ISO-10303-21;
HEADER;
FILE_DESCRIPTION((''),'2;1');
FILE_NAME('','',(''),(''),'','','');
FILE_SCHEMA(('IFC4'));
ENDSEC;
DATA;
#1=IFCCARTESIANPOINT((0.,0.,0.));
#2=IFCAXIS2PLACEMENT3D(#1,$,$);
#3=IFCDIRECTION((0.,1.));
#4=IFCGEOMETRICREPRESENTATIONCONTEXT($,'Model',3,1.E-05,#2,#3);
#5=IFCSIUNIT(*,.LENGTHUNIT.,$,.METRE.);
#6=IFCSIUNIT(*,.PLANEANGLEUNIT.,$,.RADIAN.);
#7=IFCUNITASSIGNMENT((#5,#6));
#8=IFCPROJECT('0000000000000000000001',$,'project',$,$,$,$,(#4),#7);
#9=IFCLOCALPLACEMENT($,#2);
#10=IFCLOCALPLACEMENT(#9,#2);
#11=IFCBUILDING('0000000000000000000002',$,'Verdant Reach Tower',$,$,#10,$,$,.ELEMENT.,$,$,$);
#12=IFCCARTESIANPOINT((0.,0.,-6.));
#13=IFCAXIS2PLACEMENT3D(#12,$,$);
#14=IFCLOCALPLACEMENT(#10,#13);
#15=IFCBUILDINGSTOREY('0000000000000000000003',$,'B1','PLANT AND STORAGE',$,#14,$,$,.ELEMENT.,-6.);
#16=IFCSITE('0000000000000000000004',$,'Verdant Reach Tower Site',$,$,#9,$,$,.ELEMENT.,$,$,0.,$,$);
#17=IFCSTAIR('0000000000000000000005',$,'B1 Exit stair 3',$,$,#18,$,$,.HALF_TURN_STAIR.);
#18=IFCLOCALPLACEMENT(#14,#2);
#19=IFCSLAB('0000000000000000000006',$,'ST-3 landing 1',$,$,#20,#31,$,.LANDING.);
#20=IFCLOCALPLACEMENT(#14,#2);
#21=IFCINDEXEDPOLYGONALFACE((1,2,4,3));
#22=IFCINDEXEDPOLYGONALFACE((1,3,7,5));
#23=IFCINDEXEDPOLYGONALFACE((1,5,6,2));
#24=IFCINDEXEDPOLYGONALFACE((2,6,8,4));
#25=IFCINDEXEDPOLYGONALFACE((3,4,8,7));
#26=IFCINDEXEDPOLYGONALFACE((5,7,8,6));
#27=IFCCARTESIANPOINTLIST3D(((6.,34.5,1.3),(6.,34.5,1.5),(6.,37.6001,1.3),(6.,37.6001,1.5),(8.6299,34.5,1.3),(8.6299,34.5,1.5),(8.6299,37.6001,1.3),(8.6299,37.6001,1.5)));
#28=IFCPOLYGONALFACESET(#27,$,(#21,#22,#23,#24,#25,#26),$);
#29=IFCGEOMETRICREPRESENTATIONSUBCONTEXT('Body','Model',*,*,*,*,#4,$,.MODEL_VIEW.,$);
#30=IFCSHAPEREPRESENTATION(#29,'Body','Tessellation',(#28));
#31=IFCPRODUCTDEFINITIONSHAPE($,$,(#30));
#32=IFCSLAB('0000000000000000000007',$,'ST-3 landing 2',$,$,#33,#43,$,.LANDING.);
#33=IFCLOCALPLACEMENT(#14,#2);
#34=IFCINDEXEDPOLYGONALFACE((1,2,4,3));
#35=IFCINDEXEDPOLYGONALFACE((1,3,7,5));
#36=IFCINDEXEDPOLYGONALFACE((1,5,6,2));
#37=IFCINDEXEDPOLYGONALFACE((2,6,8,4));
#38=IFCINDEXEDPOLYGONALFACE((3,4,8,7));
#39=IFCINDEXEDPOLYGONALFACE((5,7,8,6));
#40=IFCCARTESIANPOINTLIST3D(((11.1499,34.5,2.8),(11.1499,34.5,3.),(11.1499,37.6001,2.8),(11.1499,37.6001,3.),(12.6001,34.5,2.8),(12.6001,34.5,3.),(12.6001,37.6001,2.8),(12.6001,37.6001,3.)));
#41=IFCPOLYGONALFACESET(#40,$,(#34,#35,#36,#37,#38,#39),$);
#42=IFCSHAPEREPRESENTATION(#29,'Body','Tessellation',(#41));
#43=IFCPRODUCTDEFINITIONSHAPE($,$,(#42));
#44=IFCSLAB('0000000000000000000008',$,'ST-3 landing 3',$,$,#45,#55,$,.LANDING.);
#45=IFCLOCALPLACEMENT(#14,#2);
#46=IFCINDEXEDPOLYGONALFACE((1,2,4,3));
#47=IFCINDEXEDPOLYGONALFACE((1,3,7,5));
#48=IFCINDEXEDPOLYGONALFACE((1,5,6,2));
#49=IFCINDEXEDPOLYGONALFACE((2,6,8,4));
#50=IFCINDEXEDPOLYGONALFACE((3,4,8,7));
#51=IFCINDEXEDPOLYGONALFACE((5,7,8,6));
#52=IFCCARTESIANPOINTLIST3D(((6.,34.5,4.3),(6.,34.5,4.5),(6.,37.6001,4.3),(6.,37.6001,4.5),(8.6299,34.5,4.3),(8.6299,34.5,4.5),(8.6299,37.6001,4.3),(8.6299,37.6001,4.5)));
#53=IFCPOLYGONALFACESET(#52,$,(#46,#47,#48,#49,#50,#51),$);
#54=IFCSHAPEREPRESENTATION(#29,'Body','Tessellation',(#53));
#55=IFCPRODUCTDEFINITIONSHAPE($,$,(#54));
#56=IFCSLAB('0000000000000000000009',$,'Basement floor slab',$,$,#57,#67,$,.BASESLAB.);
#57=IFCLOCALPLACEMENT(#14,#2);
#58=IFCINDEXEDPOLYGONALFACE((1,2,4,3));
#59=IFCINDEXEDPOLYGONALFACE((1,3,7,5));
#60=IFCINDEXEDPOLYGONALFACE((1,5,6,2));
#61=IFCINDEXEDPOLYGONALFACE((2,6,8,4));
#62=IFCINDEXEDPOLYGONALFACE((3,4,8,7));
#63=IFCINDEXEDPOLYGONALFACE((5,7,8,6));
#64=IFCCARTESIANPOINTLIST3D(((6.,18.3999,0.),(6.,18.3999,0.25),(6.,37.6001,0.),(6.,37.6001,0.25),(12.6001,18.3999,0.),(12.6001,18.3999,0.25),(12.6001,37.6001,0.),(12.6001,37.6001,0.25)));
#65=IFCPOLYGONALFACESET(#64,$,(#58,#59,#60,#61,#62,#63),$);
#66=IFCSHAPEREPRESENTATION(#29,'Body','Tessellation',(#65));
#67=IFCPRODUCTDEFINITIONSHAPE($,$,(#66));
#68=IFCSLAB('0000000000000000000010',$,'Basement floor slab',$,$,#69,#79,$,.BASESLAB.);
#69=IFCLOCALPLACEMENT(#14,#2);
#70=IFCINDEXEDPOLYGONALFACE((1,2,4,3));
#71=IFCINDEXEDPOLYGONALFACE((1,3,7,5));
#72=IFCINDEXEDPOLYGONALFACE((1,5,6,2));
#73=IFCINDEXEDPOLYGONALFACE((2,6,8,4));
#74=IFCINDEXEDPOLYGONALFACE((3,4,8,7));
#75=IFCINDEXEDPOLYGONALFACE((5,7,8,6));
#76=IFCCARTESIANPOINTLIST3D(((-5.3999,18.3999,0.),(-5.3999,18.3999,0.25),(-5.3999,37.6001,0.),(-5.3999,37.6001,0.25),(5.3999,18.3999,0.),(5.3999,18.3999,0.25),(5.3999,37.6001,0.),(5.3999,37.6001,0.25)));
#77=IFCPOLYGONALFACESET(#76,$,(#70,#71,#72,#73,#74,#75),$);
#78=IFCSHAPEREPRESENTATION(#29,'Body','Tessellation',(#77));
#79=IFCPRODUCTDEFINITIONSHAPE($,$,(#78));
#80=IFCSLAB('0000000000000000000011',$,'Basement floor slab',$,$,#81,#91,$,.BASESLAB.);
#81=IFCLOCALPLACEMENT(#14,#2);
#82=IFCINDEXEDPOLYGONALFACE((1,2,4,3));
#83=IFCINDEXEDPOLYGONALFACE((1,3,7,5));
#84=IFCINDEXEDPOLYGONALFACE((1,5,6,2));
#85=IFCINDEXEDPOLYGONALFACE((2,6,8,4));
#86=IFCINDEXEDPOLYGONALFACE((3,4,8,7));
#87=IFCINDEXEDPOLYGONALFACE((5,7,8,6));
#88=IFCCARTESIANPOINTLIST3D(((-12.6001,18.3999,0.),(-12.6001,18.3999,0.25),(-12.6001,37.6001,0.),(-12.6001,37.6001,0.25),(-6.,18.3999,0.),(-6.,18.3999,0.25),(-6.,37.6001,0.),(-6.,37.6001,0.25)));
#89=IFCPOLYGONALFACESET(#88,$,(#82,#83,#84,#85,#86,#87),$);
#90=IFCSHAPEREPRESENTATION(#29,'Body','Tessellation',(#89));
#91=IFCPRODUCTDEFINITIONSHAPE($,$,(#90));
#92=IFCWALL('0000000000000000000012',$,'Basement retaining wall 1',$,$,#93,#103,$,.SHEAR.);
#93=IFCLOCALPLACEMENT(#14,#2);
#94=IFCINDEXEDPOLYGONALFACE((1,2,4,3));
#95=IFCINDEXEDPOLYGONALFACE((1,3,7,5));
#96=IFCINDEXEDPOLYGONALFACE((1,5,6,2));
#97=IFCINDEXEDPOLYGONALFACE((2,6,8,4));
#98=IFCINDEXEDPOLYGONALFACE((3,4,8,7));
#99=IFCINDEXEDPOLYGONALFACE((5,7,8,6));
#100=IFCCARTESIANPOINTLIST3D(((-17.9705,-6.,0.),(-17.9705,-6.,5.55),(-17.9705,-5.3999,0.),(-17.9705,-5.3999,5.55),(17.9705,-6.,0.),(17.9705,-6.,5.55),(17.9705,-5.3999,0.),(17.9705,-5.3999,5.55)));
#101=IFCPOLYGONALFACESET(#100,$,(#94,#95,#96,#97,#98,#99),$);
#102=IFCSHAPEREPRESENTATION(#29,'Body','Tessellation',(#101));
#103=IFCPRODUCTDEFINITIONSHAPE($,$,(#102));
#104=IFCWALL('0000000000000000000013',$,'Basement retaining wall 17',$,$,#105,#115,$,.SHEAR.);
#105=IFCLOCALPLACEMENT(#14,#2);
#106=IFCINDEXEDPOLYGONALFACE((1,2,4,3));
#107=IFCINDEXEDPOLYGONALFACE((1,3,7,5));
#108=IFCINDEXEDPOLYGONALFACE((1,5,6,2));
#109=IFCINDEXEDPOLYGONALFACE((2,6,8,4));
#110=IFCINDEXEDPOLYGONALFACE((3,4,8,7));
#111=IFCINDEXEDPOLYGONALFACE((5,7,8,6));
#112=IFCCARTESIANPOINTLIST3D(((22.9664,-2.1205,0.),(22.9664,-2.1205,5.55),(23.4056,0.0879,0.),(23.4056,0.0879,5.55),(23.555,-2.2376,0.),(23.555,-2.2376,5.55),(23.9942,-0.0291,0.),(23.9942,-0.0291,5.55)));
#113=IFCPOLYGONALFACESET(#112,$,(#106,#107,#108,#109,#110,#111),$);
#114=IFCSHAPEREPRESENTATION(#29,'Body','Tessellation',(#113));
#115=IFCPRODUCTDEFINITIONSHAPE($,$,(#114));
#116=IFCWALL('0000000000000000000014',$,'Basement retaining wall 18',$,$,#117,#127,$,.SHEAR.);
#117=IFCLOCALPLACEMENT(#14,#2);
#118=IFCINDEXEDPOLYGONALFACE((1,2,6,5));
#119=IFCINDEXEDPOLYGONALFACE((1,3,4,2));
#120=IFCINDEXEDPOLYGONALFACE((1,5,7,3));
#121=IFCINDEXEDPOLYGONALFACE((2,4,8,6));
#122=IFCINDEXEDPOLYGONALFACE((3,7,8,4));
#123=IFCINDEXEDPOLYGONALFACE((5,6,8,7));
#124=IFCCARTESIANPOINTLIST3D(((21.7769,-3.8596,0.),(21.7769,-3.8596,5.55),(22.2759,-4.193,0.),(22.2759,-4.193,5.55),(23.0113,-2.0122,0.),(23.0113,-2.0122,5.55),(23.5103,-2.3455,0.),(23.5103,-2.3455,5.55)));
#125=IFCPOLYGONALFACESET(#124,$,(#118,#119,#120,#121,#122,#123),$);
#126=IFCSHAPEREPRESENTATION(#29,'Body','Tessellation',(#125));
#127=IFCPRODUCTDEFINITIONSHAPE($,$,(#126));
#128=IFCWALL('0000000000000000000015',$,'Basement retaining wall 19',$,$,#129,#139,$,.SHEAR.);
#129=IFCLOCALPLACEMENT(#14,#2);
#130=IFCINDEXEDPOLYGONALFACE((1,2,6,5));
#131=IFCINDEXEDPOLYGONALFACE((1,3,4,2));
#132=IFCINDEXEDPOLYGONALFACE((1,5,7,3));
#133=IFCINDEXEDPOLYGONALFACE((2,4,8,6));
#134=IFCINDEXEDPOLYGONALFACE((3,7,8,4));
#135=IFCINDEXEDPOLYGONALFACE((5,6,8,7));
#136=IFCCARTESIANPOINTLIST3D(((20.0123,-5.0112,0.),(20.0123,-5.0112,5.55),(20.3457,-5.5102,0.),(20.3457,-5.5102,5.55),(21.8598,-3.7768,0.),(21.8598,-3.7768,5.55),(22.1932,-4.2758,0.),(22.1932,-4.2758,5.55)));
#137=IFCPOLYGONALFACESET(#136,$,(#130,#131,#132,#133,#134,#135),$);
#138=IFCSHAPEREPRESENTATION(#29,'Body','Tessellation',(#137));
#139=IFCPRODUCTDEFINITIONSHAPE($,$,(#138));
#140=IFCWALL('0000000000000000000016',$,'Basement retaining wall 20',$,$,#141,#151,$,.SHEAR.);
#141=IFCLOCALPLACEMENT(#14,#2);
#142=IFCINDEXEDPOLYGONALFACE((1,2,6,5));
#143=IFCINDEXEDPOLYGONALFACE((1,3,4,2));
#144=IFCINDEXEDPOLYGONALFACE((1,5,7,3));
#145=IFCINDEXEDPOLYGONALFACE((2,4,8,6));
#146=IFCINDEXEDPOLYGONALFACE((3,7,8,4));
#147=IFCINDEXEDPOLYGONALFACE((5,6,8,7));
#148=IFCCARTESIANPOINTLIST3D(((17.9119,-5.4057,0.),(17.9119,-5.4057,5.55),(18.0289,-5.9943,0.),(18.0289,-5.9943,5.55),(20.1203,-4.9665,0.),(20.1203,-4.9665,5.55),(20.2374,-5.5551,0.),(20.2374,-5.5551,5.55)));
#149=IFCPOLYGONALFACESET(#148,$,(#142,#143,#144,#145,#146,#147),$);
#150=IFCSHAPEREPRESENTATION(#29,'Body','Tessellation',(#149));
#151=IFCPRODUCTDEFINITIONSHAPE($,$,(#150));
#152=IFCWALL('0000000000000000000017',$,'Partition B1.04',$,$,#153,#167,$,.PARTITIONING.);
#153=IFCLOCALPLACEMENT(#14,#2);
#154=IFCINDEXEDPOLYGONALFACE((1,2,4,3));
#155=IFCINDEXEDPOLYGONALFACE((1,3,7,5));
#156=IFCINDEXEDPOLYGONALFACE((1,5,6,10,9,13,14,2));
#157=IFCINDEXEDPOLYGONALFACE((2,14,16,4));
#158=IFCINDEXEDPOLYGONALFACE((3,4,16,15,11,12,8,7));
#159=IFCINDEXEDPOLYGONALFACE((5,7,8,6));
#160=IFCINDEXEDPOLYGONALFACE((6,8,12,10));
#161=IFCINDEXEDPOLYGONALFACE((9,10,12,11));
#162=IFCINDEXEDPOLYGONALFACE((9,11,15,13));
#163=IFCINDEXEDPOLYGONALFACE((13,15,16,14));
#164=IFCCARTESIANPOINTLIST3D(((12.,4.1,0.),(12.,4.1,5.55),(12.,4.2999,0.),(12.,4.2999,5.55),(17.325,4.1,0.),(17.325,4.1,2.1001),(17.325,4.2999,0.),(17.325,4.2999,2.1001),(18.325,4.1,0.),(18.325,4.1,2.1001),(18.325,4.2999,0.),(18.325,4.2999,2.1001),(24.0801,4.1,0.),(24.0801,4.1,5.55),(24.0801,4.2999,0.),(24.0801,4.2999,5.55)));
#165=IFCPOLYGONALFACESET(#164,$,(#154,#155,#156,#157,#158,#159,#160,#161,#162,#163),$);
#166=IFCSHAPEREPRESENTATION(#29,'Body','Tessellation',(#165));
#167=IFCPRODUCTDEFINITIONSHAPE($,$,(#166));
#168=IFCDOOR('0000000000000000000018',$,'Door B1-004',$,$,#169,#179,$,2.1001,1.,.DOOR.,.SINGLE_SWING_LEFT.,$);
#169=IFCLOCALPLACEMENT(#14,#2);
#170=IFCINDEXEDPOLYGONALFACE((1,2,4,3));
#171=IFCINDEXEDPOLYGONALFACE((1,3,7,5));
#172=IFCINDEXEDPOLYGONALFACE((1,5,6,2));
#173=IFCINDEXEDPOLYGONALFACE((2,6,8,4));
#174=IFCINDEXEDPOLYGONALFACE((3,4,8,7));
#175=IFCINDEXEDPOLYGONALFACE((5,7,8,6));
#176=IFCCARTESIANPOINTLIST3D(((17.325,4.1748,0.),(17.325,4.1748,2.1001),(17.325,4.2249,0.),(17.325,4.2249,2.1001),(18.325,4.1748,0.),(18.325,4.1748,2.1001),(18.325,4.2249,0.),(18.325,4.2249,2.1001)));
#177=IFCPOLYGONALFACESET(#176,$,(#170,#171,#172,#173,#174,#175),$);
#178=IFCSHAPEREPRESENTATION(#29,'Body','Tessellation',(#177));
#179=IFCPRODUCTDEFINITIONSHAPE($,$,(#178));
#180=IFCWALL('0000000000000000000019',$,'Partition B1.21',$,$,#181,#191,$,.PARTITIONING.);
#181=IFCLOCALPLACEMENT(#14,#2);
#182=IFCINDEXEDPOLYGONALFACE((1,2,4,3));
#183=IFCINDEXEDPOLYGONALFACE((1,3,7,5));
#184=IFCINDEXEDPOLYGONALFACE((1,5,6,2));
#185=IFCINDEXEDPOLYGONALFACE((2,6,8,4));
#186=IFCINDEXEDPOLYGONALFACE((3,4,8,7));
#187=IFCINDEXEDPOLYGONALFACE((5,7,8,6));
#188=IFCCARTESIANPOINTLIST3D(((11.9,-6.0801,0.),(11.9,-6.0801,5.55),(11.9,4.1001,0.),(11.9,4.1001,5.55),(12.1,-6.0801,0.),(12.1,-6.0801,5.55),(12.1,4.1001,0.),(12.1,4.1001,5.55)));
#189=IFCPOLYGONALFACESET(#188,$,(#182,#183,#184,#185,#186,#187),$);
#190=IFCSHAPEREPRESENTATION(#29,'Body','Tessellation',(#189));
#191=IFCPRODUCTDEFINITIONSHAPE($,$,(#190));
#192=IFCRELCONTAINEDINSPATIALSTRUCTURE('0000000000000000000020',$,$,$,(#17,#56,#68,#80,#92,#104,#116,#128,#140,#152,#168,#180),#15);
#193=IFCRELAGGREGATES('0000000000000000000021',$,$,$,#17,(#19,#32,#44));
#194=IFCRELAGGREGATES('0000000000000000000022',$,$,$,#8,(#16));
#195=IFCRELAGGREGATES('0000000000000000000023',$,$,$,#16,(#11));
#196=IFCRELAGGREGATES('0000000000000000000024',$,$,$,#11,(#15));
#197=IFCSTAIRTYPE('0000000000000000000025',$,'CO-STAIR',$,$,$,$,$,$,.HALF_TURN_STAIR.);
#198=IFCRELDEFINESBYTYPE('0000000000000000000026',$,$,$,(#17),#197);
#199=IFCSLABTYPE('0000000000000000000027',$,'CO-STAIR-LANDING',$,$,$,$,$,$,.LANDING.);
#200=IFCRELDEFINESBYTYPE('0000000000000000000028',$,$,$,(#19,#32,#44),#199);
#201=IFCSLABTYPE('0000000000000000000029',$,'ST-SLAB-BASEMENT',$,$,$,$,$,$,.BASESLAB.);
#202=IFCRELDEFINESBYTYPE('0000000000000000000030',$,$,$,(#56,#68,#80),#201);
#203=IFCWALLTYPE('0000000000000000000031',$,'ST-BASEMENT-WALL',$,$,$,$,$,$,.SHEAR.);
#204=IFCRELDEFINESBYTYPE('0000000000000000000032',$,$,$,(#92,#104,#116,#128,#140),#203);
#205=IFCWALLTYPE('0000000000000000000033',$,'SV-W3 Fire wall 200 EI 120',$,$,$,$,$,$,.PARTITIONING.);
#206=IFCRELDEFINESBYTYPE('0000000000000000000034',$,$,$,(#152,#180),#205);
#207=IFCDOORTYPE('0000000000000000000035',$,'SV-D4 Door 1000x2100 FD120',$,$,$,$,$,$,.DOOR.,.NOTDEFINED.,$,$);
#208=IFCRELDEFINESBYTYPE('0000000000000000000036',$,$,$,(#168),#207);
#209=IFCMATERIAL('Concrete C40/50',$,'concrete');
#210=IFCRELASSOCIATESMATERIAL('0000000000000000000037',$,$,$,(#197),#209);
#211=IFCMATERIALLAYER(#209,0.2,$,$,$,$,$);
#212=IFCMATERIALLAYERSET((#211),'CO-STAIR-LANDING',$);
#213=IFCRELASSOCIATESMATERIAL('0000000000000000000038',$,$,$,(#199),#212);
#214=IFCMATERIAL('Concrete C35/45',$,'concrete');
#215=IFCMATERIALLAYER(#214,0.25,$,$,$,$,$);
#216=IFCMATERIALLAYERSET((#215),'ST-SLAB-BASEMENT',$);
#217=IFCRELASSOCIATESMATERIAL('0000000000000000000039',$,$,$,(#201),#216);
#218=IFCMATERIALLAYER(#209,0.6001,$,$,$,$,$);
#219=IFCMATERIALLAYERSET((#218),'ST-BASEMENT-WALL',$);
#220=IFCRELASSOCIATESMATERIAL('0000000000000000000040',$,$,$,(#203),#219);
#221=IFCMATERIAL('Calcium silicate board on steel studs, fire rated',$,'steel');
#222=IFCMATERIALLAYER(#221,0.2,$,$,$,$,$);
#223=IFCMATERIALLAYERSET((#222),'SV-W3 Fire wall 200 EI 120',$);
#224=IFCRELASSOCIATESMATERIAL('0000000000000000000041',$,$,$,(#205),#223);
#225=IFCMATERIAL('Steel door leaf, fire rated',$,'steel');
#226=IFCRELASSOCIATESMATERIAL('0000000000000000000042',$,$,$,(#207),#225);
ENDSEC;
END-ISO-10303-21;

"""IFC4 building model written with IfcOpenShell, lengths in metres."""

from ifc_helpers import new_model, si_unit, direction, frame, frame_2d, origin, place, context, subcontext, project, spatial, polyline, rectangle, outline, extrude, material, layer, layer_set, type_object, element, fill, aggregate, save


model = new_model("IFC4")

# Units and contexts
model_context = context("Model", 3, precision=1e-05, world=origin(), true_north=direction((0.0, 1.0)))
body_context = subcontext(model_context, "Body", "Model", "MODEL_VIEW")
ifc_project = project(units=[si_unit("LENGTHUNIT", "METRE"), si_unit("PLANEANGLEUNIT", "RADIAN")], contexts=[model_context])

# Site, building, storey
site_placement = place(None, origin())
site = spatial("IfcSite", under=ifc_project, at=site_placement, Name="Verdant Reach Tower Site", CompositionType="ELEMENT", RefElevation=0.0)
building_placement = place(site_placement, origin())
building = spatial("IfcBuilding", under=site, at=building_placement, Name="Verdant Reach Tower", CompositionType="ELEMENT")
storey_placement = place(building_placement, frame((0.0, 0.0, -6.0)))
storey = spatial("IfcBuildingStorey", under=building, at=storey_placement, Name="B1", Description="PLANT AND STORAGE", CompositionType="ELEMENT", Elevation=-6.0)

# Shared definitions
ifc_material_1 = material(Name="Concrete C40/50", Category="concrete")

# Stair, slabs
stair_type = type_object("IfcStairType", Name="CO-STAIR", PredefinedType="HALF_TURN_STAIR", material=ifc_material_1)
ifc_layer_1 = layer(ifc_material_1, 0.2)
ifc_layer_set_1 = layer_set([ifc_layer_1], Name="CO-STAIR-LANDING")
slab_type_1 = type_object("IfcSlabType", Name="CO-STAIR-LANDING", PredefinedType="LANDING", material=ifc_layer_set_1)
stair_1_placement = place(storey_placement, origin())
stair_1 = element("IfcStair", 1, at=stair_1_placement, inside=storey, type_object=stair_type, Name="B1 Exit stair 3", PredefinedType="HALF_TURN_STAIR")
slab_1_placement = place(storey_placement, frame((0.0, 0.0, 1.3)))
slab_1 = element("IfcSlab", 2, at=slab_1_placement, type_object=slab_type_1, Name="ST-3 landing 1", PredefinedType="LANDING", context=body_context, shape_type="SweptSolid", body=[
    extrude(outline(polyline([(8.6299, 37.6001), (6.0, 37.6001), (6.0, 34.5), (8.6299, 34.5), (8.6299, 37.6001)])), origin(), (0.0, 0.0, 1.0), 0.2),
])
slab_2_placement = place(storey_placement, frame((0.0, 0.0, 2.8)))
slab_2 = element("IfcSlab", 3, at=slab_2_placement, type_object=slab_type_1, Name="ST-3 landing 2", PredefinedType="LANDING", context=body_context, shape_type="SweptSolid", body=[
    extrude(outline(polyline([(12.6001, 37.6001), (11.1499, 37.6001), (11.1499, 34.5), (12.6001, 34.5), (12.6001, 37.6001)])), origin(), (0.0, 0.0, 1.0), 0.2),
])
slab_3_placement = place(storey_placement, frame((0.0, 0.0, 4.3)))
slab_3 = element("IfcSlab", 4, at=slab_3_placement, type_object=slab_type_1, Name="ST-3 landing 3", PredefinedType="LANDING", context=body_context, shape_type="SweptSolid", body=[
    extrude(outline(polyline([(8.6299, 37.6001), (6.0, 37.6001), (6.0, 34.5), (8.6299, 34.5), (8.6299, 37.6001)])), origin(), (0.0, 0.0, 1.0), 0.2),
])
aggregate(stair_1, [slab_1, slab_2, slab_3])

# Slabs
ifc_material_2 = material(Name="Concrete C35/45", Category="concrete")
ifc_layer_2 = layer(ifc_material_2, 0.25)
ifc_layer_set_2 = layer_set([ifc_layer_2], Name="ST-SLAB-BASEMENT")
slab_type_2 = type_object("IfcSlabType", Name="ST-SLAB-BASEMENT", PredefinedType="BASESLAB", material=ifc_layer_set_2)
slab_4_placement = place(storey_placement, origin())
element("IfcSlab", 5, at=slab_4_placement, inside=storey, type_object=slab_type_2, Name="Basement floor slab", PredefinedType="BASESLAB", context=body_context, shape_type="SweptSolid", body=[
    extrude(outline(polyline([(12.6001, 37.6001), (12.6001, 18.3999), (6.0, 18.3999), (6.0, 37.6001), (12.6001, 37.6001)])), origin(), (0.0, 0.0, 1.0), 0.25),
])
slab_5_placement = place(storey_placement, origin())
element("IfcSlab", 6, at=slab_5_placement, inside=storey, type_object=slab_type_2, Name="Basement floor slab", PredefinedType="BASESLAB", context=body_context, shape_type="SweptSolid", body=[
    extrude(outline(polyline([(5.3999, 37.6001), (5.3999, 18.3999), (-5.3999, 18.3999), (-5.3999, 37.6001), (5.3999, 37.6001)])), origin(), (0.0, 0.0, 1.0), 0.25),
])
slab_6_placement = place(storey_placement, origin())
element("IfcSlab", 7, at=slab_6_placement, inside=storey, type_object=slab_type_2, Name="Basement floor slab", PredefinedType="BASESLAB", context=body_context, shape_type="SweptSolid", body=[
    extrude(outline(polyline([(-6.0, 18.3999), (-12.6001, 18.3999), (-12.6001, 37.6001), (-6.0, 37.6001), (-6.0, 18.3999)])), origin(), (0.0, 0.0, 1.0), 0.25),
])

# Walls
ifc_layer_3 = layer(ifc_material_1, 0.6001)
ifc_layer_set_3 = layer_set([ifc_layer_3], Name="ST-BASEMENT-WALL")
wall_type_1 = type_object("IfcWallType", Name="ST-BASEMENT-WALL", PredefinedType="SHEAR", material=ifc_layer_set_3)
wall_1_placement = place(storey_placement, frame((17.9705, -5.7, 0.0), z_axis=(0.0, 0.0, 1.0), x_axis=(-1.0, 0.0, 0.0)))
element("IfcWall", 8, at=wall_1_placement, inside=storey, type_object=wall_type_1, Name="Basement retaining wall 1", PredefinedType="SHEAR", context=body_context, shape_type="SweptSolid", body=[
    extrude(rectangle(XDim=35.9409, YDim=0.6001, at=frame_2d((17.9705, 0.0))), origin(), (0.0, 0.0, 1.0), 5.55),
])
wall_2_placement = place(storey_placement, frame((23.7, 0.0295, 0.0), z_axis=(0.0, 0.0, 1.0), x_axis=(-0.195053, -0.980793, 0.0)))
element("IfcWall", 9, at=wall_2_placement, inside=storey, type_object=wall_type_1, Name="Basement retaining wall 17", PredefinedType="SHEAR", context=body_context, shape_type="SweptSolid", body=[
    extrude(rectangle(XDim=2.2517, YDim=0.6001, at=frame_2d((1.126, 0.0))), origin(), (0.0, 0.0, 1.0), 5.55),
])
for number, where, z_axis, x_axis, name in (
    (10, (23.2607, -2.179, 0.0), (0.0, 0.0, 1.0), (-0.555562, -0.831475, 0.0), "Basement retaining wall 18"),
    (11, (22.0264, -4.0264, 0.0), (0.0, 0.0, 1.0), (-0.831475, -0.555562, 0.0), "Basement retaining wall 19"),
):
    element("IfcWall", number, at=place(storey_placement, frame(where, z_axis=z_axis, x_axis=x_axis)), inside=storey, type_object=wall_type_1, Name=name, PredefinedType="SHEAR", context=body_context, shape_type="SweptSolid", body=[
        extrude(rectangle(XDim=2.2219, YDim=0.6001, at=frame_2d((1.1108, 0.0))), origin(), (0.0, 0.0, 1.0), 5.55),
    ])
wall_3_placement = place(storey_placement, frame((20.179, -5.2607, 0.0), z_axis=(0.0, 0.0, 1.0), x_axis=(-0.980793, -0.195053, 0.0)))
element("IfcWall", 12, at=wall_3_placement, inside=storey, type_object=wall_type_1, Name="Basement retaining wall 20", PredefinedType="SHEAR", context=body_context, shape_type="SweptSolid", body=[
    extrude(rectangle(XDim=2.2517, YDim=0.6001, at=frame_2d((1.126, 0.0))), origin(), (0.0, 0.0, 1.0), 5.55),
])

# Wall, opening, door
ifc_material_3 = material(Name="Calcium silicate board on steel studs, fire rated", Category="steel")
ifc_layer_4 = layer(ifc_material_3, 0.2)
ifc_layer_set_4 = layer_set([ifc_layer_4], Name="SV-W3 Fire wall 200 EI 120")
wall_type_2 = type_object("IfcWallType", Name="SV-W3 Fire wall 200 EI 120", PredefinedType="PARTITIONING", material=ifc_layer_set_4)
wall_4_placement = place(storey_placement, frame((12.0, 4.2, 0.0), z_axis=(0.0, 0.0, 1.0), x_axis=(1.0, 0.0, 0.0)))
wall_4 = element("IfcWall", 13, at=wall_4_placement, inside=storey, type_object=wall_type_2, Name="Partition B1.04", PredefinedType="PARTITIONING", context=body_context, shape_type="SweptSolid", body=[
    extrude(rectangle(XDim=12.0801, YDim=0.2, at=frame_2d((6.04, 0.0))), origin(), (0.0, 0.0, 1.0), 5.55),
])
opening_placement = place(wall_4_placement, frame((5.325, 0.0, 0.0)))
opening = element("IfcOpeningElement", 14, at=opening_placement, cuts=wall_4, PredefinedType="OPENING", context=body_context, shape_type="SweptSolid", body=[
    extrude(rectangle(XDim=1.0, YDim=2.1001, at=frame_2d((0.5, 1.05))), frame((0.0, 0.1099, 0.0), z_axis=(0.0, -1.0, 0.0), x_axis=(1.0, 0.0, 0.0)), (0.0, 0.0, 1.0), 0.22),
])
ifc_material_4 = material(Name="Steel door leaf, fire rated", Category="steel")
door_type = type_object("IfcDoorType", Name="SV-D4 Door 1000x2100 FD120", OperationType="NOTDEFINED", PredefinedType="DOOR", material=ifc_material_4)
door_placement = place(opening_placement, origin())
door = element("IfcDoor", 15, at=door_placement, inside=storey, type_object=door_type, Name="Door B1-004", OperationType="SINGLE_SWING_LEFT", OverallHeight=2.1001, OverallWidth=1.0, PredefinedType="DOOR", context=body_context, shape_type="SweptSolid", body=[
    extrude(rectangle(XDim=1.0, YDim=2.1001, at=frame_2d((0.5, 1.05))), frame((0.0, 0.0249, 0.0), z_axis=(0.0, -1.0, 0.0), x_axis=(1.0, 0.0, 0.0)), (0.0, 0.0, 1.0), 0.05),
])
fill(opening, door)

# Wall
wall_5_placement = place(storey_placement, frame((12.0, 4.1001, 0.0), z_axis=(0.0, 0.0, 1.0), x_axis=(0.0, -1.0, 0.0)))
element("IfcWall", 16, at=wall_5_placement, inside=storey, type_object=wall_type_2, Name="Partition B1.21", PredefinedType="PARTITIONING", context=body_context, shape_type="SweptSolid", body=[
    extrude(rectangle(XDim=10.1802, YDim=0.2, at=frame_2d((5.0901, 0.0))), origin(), (0.0, 0.0, 1.0), 5.55),
])

save(model, "model.ifc")
